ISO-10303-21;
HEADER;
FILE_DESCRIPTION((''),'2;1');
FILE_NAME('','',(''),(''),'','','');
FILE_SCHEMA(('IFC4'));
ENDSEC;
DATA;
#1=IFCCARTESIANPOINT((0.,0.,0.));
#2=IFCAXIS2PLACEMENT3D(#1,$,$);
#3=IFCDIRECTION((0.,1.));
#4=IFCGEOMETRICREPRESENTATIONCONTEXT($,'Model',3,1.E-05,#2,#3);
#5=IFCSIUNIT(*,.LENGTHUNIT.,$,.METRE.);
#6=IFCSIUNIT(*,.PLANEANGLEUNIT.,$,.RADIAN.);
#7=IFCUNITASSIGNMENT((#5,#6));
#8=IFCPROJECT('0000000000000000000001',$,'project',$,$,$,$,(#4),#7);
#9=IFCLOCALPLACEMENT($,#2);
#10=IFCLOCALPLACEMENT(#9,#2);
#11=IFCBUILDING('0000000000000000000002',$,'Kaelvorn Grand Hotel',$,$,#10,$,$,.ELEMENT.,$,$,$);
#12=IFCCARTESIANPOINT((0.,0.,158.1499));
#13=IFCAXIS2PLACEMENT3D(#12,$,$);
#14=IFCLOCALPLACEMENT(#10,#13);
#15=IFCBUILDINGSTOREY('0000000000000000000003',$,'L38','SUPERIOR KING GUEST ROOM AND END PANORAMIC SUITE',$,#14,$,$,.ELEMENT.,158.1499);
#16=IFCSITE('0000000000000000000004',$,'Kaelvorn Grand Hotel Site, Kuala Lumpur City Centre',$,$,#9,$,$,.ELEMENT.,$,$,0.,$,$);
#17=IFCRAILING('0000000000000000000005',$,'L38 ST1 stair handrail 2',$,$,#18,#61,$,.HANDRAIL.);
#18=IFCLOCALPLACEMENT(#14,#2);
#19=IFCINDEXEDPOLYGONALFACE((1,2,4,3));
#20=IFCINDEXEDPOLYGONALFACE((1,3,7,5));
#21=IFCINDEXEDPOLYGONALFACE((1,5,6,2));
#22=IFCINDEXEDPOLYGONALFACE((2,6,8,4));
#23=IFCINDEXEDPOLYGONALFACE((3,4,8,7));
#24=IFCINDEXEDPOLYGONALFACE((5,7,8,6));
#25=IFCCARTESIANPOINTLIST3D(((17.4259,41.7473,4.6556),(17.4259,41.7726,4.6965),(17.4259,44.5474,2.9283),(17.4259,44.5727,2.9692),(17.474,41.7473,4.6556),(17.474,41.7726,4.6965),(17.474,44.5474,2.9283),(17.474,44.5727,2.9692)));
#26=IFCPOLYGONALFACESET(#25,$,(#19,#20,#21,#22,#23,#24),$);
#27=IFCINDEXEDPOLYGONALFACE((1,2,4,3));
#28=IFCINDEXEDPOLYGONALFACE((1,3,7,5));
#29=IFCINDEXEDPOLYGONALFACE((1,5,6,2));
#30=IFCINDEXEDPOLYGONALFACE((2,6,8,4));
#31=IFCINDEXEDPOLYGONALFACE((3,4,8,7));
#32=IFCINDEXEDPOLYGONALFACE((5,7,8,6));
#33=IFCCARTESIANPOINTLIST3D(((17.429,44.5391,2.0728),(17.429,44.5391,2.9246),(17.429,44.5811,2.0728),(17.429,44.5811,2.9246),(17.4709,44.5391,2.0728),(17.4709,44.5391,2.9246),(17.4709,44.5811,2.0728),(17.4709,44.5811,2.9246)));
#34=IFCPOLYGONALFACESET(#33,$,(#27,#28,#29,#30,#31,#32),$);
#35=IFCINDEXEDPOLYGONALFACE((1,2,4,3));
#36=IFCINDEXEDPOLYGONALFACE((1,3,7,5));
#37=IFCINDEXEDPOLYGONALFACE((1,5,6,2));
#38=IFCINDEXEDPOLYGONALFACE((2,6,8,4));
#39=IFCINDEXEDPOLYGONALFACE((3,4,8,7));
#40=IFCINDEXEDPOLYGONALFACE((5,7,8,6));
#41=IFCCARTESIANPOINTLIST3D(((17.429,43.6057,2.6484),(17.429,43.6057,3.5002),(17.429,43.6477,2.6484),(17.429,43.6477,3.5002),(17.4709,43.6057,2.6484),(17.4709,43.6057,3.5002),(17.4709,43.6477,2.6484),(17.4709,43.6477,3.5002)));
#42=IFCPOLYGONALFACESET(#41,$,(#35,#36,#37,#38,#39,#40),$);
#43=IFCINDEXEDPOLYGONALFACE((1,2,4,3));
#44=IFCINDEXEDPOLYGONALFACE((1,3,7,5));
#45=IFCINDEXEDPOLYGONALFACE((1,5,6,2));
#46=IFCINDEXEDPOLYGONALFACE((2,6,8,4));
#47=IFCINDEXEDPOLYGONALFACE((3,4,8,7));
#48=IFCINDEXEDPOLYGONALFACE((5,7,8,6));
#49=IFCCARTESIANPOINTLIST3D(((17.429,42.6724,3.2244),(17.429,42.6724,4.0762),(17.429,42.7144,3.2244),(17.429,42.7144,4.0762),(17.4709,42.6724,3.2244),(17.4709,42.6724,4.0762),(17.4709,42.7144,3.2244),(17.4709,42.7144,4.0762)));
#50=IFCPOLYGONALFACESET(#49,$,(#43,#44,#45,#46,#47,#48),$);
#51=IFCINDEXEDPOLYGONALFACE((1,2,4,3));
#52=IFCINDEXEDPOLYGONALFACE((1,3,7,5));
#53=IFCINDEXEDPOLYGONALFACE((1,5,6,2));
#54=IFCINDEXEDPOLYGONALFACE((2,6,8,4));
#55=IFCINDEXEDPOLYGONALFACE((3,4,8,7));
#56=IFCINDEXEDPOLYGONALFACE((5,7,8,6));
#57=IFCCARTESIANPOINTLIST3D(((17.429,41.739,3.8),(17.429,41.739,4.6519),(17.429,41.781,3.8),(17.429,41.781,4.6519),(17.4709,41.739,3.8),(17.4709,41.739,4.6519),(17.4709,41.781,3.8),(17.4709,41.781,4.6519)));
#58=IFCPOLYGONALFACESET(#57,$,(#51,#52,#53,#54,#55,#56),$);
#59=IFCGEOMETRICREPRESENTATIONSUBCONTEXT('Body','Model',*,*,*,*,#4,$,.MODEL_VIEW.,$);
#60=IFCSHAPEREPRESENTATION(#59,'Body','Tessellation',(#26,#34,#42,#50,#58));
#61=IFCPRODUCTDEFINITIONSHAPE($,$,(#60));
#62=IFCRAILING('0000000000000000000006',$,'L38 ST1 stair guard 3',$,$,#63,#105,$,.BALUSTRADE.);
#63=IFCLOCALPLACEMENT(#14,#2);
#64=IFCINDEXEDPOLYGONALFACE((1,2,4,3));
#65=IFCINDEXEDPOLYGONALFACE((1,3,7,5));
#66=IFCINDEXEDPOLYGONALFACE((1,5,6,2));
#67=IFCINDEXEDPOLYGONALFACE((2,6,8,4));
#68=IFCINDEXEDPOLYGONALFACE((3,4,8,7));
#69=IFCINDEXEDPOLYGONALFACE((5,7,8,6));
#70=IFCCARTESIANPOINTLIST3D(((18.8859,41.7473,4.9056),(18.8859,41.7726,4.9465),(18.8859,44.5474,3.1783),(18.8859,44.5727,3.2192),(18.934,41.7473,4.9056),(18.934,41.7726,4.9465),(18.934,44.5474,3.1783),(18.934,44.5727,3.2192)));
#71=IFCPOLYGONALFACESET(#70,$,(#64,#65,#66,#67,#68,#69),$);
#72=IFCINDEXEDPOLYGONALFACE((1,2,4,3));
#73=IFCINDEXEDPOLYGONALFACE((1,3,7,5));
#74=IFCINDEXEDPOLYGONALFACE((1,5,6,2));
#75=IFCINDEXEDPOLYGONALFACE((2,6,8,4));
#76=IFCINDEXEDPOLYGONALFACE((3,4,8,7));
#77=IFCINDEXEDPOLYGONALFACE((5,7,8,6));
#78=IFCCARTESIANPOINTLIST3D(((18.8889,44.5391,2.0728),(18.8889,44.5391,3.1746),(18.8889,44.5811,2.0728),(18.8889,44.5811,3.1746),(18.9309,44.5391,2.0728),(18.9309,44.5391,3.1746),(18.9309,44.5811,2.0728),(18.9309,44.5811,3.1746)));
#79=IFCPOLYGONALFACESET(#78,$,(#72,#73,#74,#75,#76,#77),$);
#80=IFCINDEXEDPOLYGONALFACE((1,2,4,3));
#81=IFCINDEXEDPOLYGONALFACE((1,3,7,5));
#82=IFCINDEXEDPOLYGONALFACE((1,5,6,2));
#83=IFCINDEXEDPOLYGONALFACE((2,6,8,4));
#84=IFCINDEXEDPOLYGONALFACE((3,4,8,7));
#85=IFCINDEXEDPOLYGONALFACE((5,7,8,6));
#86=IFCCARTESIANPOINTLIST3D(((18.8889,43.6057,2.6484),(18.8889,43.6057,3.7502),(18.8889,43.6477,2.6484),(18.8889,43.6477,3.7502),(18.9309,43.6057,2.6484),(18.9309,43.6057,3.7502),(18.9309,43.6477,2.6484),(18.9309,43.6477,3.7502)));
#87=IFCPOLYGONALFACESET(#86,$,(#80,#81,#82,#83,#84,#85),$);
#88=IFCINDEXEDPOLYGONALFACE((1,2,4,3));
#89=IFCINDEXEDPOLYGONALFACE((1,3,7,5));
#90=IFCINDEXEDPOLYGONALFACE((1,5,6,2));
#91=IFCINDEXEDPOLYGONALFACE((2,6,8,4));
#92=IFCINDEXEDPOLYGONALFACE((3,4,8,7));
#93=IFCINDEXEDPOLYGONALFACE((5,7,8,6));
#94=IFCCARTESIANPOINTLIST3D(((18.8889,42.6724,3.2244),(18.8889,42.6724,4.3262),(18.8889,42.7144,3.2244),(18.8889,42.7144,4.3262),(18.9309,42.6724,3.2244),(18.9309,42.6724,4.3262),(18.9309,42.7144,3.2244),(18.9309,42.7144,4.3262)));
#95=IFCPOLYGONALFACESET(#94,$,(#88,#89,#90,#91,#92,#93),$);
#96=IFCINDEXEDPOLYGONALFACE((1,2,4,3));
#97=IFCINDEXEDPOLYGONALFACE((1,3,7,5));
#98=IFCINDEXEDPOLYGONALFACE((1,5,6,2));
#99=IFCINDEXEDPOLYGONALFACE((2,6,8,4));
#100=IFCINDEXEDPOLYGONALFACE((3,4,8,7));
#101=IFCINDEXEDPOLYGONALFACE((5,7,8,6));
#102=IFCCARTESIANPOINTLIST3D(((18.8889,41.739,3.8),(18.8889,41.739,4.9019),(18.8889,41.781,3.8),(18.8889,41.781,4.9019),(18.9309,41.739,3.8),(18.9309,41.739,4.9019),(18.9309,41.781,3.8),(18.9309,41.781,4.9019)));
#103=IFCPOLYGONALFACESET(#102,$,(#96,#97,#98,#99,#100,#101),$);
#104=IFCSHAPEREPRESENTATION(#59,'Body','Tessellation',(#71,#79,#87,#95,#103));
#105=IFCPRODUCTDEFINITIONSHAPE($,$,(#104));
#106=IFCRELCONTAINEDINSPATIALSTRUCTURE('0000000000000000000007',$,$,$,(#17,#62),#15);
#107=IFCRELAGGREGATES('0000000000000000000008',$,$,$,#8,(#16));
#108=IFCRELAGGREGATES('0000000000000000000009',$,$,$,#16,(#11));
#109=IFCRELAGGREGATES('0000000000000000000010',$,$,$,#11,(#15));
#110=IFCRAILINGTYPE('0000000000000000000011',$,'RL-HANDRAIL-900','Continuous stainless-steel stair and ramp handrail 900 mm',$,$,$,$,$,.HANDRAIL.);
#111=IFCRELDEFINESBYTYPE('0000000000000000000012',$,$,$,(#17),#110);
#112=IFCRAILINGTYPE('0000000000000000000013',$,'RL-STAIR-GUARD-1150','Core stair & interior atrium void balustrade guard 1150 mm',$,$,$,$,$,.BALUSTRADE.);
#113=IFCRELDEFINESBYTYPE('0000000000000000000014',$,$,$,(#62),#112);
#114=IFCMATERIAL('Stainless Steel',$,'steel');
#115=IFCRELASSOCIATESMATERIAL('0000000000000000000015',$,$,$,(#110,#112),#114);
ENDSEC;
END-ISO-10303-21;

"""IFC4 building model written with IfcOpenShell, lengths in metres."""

from ifc_helpers import new_model, si_unit, direction, frame, origin, origin_2d, place, context, subcontext, project, spatial, rectangle, extrude, material, type_object, element, save


model = new_model("IFC4")

# Units and contexts
model_context = context("Model", 3, precision=1e-05, world=origin(), true_north=direction((0.0, 1.0)))
body_context = subcontext(model_context, "Body", "Model", "MODEL_VIEW")
ifc_project = project(units=[si_unit("LENGTHUNIT", "METRE"), si_unit("PLANEANGLEUNIT", "RADIAN")], contexts=[model_context])

# Site, building, storey
site_placement = place(None, origin())
site = spatial("IfcSite", under=ifc_project, at=site_placement, Name="Kaelvorn Grand Hotel Site, Kuala Lumpur City Centre", CompositionType="ELEMENT", RefElevation=0.0)
building_placement = place(site_placement, origin())
building = spatial("IfcBuilding", under=site, at=building_placement, Name="Kaelvorn Grand Hotel", CompositionType="ELEMENT")
storey_placement = place(building_placement, frame((0.0, 0.0, 158.1499)))
storey = spatial("IfcBuildingStorey", under=building, at=storey_placement, Name="L38", Description="SUPERIOR KING GUEST ROOM AND END PANORAMIC SUITE", CompositionType="ELEMENT", Elevation=158.1499)

# Railings
ifc_material_1 = material(Name="Stainless Steel", Category="steel")
railing_type_1 = type_object("IfcRailingType", Name="RL-HANDRAIL-900", Description="Continuous stainless-steel stair and ramp handrail 900 mm", PredefinedType="HANDRAIL", material=ifc_material_1)
railing_1_placement = place(storey_placement, frame((17.45, 44.5601, 2.0728)))
element("IfcRailing", 1, at=railing_1_placement, inside=storey, type_object=railing_type_1, Name="L38 ST1 stair handrail 2", PredefinedType="HANDRAIL", context=body_context, shape_type="SweptSolid", body=[
    extrude(rectangle(XDim=0.0481, YDim=0.0481, at=origin_2d()), frame((0.0, 0.0, 0.876), z_axis=(0.0, -0.85109, 0.52502), x_axis=(1.0, 0.0, 0.0)), (0.0, 0.0, 1.0), 3.29),
    extrude(rectangle(XDim=0.042, YDim=0.042, at=origin_2d()), origin(), (0.0, 0.0, 1.0), 0.8518),
    extrude(rectangle(XDim=0.042, YDim=0.042, at=origin_2d()), frame((0.0, -0.9333, 0.5757)), (0.0, 0.0, 1.0), 0.8518),
    extrude(rectangle(XDim=0.042, YDim=0.042, at=origin_2d()), frame((0.0, -1.8667, 1.1516)), (0.0, 0.0, 1.0), 0.8518),
    extrude(rectangle(XDim=0.042, YDim=0.042, at=origin_2d()), frame((0.0, -2.8, 1.7273)), (0.0, 0.0, 1.0), 0.8518),
])
railing_type_2 = type_object("IfcRailingType", Name="RL-STAIR-GUARD-1150", Description="Core stair & interior atrium void balustrade guard 1150 mm", PredefinedType="BALUSTRADE", material=ifc_material_1)
railing_2_placement = place(storey_placement, frame((18.9099, 44.5601, 2.0728)))
element("IfcRailing", 2, at=railing_2_placement, inside=storey, type_object=railing_type_2, Name="L38 ST1 stair guard 3", PredefinedType="BALUSTRADE", context=body_context, shape_type="SweptSolid", body=[
    extrude(rectangle(XDim=0.0481, YDim=0.0481, at=origin_2d()), frame((0.0, 0.0, 1.126), z_axis=(0.0, -0.85109, 0.52502), x_axis=(1.0, 0.0, 0.0)), (0.0, 0.0, 1.0), 3.29),
    extrude(rectangle(XDim=0.042, YDim=0.042, at=origin_2d()), origin(), (0.0, 0.0, 1.0), 1.1018),
    extrude(rectangle(XDim=0.042, YDim=0.042, at=origin_2d()), frame((0.0, -0.9333, 0.5757)), (0.0, 0.0, 1.0), 1.1018),
    extrude(rectangle(XDim=0.042, YDim=0.042, at=origin_2d()), frame((0.0, -1.8667, 1.1516)), (0.0, 0.0, 1.0), 1.1018),
    extrude(rectangle(XDim=0.042, YDim=0.042, at=origin_2d()), frame((0.0, -2.8, 1.7273)), (0.0, 0.0, 1.0), 1.1018),
])

save(model, "model.ifc")
